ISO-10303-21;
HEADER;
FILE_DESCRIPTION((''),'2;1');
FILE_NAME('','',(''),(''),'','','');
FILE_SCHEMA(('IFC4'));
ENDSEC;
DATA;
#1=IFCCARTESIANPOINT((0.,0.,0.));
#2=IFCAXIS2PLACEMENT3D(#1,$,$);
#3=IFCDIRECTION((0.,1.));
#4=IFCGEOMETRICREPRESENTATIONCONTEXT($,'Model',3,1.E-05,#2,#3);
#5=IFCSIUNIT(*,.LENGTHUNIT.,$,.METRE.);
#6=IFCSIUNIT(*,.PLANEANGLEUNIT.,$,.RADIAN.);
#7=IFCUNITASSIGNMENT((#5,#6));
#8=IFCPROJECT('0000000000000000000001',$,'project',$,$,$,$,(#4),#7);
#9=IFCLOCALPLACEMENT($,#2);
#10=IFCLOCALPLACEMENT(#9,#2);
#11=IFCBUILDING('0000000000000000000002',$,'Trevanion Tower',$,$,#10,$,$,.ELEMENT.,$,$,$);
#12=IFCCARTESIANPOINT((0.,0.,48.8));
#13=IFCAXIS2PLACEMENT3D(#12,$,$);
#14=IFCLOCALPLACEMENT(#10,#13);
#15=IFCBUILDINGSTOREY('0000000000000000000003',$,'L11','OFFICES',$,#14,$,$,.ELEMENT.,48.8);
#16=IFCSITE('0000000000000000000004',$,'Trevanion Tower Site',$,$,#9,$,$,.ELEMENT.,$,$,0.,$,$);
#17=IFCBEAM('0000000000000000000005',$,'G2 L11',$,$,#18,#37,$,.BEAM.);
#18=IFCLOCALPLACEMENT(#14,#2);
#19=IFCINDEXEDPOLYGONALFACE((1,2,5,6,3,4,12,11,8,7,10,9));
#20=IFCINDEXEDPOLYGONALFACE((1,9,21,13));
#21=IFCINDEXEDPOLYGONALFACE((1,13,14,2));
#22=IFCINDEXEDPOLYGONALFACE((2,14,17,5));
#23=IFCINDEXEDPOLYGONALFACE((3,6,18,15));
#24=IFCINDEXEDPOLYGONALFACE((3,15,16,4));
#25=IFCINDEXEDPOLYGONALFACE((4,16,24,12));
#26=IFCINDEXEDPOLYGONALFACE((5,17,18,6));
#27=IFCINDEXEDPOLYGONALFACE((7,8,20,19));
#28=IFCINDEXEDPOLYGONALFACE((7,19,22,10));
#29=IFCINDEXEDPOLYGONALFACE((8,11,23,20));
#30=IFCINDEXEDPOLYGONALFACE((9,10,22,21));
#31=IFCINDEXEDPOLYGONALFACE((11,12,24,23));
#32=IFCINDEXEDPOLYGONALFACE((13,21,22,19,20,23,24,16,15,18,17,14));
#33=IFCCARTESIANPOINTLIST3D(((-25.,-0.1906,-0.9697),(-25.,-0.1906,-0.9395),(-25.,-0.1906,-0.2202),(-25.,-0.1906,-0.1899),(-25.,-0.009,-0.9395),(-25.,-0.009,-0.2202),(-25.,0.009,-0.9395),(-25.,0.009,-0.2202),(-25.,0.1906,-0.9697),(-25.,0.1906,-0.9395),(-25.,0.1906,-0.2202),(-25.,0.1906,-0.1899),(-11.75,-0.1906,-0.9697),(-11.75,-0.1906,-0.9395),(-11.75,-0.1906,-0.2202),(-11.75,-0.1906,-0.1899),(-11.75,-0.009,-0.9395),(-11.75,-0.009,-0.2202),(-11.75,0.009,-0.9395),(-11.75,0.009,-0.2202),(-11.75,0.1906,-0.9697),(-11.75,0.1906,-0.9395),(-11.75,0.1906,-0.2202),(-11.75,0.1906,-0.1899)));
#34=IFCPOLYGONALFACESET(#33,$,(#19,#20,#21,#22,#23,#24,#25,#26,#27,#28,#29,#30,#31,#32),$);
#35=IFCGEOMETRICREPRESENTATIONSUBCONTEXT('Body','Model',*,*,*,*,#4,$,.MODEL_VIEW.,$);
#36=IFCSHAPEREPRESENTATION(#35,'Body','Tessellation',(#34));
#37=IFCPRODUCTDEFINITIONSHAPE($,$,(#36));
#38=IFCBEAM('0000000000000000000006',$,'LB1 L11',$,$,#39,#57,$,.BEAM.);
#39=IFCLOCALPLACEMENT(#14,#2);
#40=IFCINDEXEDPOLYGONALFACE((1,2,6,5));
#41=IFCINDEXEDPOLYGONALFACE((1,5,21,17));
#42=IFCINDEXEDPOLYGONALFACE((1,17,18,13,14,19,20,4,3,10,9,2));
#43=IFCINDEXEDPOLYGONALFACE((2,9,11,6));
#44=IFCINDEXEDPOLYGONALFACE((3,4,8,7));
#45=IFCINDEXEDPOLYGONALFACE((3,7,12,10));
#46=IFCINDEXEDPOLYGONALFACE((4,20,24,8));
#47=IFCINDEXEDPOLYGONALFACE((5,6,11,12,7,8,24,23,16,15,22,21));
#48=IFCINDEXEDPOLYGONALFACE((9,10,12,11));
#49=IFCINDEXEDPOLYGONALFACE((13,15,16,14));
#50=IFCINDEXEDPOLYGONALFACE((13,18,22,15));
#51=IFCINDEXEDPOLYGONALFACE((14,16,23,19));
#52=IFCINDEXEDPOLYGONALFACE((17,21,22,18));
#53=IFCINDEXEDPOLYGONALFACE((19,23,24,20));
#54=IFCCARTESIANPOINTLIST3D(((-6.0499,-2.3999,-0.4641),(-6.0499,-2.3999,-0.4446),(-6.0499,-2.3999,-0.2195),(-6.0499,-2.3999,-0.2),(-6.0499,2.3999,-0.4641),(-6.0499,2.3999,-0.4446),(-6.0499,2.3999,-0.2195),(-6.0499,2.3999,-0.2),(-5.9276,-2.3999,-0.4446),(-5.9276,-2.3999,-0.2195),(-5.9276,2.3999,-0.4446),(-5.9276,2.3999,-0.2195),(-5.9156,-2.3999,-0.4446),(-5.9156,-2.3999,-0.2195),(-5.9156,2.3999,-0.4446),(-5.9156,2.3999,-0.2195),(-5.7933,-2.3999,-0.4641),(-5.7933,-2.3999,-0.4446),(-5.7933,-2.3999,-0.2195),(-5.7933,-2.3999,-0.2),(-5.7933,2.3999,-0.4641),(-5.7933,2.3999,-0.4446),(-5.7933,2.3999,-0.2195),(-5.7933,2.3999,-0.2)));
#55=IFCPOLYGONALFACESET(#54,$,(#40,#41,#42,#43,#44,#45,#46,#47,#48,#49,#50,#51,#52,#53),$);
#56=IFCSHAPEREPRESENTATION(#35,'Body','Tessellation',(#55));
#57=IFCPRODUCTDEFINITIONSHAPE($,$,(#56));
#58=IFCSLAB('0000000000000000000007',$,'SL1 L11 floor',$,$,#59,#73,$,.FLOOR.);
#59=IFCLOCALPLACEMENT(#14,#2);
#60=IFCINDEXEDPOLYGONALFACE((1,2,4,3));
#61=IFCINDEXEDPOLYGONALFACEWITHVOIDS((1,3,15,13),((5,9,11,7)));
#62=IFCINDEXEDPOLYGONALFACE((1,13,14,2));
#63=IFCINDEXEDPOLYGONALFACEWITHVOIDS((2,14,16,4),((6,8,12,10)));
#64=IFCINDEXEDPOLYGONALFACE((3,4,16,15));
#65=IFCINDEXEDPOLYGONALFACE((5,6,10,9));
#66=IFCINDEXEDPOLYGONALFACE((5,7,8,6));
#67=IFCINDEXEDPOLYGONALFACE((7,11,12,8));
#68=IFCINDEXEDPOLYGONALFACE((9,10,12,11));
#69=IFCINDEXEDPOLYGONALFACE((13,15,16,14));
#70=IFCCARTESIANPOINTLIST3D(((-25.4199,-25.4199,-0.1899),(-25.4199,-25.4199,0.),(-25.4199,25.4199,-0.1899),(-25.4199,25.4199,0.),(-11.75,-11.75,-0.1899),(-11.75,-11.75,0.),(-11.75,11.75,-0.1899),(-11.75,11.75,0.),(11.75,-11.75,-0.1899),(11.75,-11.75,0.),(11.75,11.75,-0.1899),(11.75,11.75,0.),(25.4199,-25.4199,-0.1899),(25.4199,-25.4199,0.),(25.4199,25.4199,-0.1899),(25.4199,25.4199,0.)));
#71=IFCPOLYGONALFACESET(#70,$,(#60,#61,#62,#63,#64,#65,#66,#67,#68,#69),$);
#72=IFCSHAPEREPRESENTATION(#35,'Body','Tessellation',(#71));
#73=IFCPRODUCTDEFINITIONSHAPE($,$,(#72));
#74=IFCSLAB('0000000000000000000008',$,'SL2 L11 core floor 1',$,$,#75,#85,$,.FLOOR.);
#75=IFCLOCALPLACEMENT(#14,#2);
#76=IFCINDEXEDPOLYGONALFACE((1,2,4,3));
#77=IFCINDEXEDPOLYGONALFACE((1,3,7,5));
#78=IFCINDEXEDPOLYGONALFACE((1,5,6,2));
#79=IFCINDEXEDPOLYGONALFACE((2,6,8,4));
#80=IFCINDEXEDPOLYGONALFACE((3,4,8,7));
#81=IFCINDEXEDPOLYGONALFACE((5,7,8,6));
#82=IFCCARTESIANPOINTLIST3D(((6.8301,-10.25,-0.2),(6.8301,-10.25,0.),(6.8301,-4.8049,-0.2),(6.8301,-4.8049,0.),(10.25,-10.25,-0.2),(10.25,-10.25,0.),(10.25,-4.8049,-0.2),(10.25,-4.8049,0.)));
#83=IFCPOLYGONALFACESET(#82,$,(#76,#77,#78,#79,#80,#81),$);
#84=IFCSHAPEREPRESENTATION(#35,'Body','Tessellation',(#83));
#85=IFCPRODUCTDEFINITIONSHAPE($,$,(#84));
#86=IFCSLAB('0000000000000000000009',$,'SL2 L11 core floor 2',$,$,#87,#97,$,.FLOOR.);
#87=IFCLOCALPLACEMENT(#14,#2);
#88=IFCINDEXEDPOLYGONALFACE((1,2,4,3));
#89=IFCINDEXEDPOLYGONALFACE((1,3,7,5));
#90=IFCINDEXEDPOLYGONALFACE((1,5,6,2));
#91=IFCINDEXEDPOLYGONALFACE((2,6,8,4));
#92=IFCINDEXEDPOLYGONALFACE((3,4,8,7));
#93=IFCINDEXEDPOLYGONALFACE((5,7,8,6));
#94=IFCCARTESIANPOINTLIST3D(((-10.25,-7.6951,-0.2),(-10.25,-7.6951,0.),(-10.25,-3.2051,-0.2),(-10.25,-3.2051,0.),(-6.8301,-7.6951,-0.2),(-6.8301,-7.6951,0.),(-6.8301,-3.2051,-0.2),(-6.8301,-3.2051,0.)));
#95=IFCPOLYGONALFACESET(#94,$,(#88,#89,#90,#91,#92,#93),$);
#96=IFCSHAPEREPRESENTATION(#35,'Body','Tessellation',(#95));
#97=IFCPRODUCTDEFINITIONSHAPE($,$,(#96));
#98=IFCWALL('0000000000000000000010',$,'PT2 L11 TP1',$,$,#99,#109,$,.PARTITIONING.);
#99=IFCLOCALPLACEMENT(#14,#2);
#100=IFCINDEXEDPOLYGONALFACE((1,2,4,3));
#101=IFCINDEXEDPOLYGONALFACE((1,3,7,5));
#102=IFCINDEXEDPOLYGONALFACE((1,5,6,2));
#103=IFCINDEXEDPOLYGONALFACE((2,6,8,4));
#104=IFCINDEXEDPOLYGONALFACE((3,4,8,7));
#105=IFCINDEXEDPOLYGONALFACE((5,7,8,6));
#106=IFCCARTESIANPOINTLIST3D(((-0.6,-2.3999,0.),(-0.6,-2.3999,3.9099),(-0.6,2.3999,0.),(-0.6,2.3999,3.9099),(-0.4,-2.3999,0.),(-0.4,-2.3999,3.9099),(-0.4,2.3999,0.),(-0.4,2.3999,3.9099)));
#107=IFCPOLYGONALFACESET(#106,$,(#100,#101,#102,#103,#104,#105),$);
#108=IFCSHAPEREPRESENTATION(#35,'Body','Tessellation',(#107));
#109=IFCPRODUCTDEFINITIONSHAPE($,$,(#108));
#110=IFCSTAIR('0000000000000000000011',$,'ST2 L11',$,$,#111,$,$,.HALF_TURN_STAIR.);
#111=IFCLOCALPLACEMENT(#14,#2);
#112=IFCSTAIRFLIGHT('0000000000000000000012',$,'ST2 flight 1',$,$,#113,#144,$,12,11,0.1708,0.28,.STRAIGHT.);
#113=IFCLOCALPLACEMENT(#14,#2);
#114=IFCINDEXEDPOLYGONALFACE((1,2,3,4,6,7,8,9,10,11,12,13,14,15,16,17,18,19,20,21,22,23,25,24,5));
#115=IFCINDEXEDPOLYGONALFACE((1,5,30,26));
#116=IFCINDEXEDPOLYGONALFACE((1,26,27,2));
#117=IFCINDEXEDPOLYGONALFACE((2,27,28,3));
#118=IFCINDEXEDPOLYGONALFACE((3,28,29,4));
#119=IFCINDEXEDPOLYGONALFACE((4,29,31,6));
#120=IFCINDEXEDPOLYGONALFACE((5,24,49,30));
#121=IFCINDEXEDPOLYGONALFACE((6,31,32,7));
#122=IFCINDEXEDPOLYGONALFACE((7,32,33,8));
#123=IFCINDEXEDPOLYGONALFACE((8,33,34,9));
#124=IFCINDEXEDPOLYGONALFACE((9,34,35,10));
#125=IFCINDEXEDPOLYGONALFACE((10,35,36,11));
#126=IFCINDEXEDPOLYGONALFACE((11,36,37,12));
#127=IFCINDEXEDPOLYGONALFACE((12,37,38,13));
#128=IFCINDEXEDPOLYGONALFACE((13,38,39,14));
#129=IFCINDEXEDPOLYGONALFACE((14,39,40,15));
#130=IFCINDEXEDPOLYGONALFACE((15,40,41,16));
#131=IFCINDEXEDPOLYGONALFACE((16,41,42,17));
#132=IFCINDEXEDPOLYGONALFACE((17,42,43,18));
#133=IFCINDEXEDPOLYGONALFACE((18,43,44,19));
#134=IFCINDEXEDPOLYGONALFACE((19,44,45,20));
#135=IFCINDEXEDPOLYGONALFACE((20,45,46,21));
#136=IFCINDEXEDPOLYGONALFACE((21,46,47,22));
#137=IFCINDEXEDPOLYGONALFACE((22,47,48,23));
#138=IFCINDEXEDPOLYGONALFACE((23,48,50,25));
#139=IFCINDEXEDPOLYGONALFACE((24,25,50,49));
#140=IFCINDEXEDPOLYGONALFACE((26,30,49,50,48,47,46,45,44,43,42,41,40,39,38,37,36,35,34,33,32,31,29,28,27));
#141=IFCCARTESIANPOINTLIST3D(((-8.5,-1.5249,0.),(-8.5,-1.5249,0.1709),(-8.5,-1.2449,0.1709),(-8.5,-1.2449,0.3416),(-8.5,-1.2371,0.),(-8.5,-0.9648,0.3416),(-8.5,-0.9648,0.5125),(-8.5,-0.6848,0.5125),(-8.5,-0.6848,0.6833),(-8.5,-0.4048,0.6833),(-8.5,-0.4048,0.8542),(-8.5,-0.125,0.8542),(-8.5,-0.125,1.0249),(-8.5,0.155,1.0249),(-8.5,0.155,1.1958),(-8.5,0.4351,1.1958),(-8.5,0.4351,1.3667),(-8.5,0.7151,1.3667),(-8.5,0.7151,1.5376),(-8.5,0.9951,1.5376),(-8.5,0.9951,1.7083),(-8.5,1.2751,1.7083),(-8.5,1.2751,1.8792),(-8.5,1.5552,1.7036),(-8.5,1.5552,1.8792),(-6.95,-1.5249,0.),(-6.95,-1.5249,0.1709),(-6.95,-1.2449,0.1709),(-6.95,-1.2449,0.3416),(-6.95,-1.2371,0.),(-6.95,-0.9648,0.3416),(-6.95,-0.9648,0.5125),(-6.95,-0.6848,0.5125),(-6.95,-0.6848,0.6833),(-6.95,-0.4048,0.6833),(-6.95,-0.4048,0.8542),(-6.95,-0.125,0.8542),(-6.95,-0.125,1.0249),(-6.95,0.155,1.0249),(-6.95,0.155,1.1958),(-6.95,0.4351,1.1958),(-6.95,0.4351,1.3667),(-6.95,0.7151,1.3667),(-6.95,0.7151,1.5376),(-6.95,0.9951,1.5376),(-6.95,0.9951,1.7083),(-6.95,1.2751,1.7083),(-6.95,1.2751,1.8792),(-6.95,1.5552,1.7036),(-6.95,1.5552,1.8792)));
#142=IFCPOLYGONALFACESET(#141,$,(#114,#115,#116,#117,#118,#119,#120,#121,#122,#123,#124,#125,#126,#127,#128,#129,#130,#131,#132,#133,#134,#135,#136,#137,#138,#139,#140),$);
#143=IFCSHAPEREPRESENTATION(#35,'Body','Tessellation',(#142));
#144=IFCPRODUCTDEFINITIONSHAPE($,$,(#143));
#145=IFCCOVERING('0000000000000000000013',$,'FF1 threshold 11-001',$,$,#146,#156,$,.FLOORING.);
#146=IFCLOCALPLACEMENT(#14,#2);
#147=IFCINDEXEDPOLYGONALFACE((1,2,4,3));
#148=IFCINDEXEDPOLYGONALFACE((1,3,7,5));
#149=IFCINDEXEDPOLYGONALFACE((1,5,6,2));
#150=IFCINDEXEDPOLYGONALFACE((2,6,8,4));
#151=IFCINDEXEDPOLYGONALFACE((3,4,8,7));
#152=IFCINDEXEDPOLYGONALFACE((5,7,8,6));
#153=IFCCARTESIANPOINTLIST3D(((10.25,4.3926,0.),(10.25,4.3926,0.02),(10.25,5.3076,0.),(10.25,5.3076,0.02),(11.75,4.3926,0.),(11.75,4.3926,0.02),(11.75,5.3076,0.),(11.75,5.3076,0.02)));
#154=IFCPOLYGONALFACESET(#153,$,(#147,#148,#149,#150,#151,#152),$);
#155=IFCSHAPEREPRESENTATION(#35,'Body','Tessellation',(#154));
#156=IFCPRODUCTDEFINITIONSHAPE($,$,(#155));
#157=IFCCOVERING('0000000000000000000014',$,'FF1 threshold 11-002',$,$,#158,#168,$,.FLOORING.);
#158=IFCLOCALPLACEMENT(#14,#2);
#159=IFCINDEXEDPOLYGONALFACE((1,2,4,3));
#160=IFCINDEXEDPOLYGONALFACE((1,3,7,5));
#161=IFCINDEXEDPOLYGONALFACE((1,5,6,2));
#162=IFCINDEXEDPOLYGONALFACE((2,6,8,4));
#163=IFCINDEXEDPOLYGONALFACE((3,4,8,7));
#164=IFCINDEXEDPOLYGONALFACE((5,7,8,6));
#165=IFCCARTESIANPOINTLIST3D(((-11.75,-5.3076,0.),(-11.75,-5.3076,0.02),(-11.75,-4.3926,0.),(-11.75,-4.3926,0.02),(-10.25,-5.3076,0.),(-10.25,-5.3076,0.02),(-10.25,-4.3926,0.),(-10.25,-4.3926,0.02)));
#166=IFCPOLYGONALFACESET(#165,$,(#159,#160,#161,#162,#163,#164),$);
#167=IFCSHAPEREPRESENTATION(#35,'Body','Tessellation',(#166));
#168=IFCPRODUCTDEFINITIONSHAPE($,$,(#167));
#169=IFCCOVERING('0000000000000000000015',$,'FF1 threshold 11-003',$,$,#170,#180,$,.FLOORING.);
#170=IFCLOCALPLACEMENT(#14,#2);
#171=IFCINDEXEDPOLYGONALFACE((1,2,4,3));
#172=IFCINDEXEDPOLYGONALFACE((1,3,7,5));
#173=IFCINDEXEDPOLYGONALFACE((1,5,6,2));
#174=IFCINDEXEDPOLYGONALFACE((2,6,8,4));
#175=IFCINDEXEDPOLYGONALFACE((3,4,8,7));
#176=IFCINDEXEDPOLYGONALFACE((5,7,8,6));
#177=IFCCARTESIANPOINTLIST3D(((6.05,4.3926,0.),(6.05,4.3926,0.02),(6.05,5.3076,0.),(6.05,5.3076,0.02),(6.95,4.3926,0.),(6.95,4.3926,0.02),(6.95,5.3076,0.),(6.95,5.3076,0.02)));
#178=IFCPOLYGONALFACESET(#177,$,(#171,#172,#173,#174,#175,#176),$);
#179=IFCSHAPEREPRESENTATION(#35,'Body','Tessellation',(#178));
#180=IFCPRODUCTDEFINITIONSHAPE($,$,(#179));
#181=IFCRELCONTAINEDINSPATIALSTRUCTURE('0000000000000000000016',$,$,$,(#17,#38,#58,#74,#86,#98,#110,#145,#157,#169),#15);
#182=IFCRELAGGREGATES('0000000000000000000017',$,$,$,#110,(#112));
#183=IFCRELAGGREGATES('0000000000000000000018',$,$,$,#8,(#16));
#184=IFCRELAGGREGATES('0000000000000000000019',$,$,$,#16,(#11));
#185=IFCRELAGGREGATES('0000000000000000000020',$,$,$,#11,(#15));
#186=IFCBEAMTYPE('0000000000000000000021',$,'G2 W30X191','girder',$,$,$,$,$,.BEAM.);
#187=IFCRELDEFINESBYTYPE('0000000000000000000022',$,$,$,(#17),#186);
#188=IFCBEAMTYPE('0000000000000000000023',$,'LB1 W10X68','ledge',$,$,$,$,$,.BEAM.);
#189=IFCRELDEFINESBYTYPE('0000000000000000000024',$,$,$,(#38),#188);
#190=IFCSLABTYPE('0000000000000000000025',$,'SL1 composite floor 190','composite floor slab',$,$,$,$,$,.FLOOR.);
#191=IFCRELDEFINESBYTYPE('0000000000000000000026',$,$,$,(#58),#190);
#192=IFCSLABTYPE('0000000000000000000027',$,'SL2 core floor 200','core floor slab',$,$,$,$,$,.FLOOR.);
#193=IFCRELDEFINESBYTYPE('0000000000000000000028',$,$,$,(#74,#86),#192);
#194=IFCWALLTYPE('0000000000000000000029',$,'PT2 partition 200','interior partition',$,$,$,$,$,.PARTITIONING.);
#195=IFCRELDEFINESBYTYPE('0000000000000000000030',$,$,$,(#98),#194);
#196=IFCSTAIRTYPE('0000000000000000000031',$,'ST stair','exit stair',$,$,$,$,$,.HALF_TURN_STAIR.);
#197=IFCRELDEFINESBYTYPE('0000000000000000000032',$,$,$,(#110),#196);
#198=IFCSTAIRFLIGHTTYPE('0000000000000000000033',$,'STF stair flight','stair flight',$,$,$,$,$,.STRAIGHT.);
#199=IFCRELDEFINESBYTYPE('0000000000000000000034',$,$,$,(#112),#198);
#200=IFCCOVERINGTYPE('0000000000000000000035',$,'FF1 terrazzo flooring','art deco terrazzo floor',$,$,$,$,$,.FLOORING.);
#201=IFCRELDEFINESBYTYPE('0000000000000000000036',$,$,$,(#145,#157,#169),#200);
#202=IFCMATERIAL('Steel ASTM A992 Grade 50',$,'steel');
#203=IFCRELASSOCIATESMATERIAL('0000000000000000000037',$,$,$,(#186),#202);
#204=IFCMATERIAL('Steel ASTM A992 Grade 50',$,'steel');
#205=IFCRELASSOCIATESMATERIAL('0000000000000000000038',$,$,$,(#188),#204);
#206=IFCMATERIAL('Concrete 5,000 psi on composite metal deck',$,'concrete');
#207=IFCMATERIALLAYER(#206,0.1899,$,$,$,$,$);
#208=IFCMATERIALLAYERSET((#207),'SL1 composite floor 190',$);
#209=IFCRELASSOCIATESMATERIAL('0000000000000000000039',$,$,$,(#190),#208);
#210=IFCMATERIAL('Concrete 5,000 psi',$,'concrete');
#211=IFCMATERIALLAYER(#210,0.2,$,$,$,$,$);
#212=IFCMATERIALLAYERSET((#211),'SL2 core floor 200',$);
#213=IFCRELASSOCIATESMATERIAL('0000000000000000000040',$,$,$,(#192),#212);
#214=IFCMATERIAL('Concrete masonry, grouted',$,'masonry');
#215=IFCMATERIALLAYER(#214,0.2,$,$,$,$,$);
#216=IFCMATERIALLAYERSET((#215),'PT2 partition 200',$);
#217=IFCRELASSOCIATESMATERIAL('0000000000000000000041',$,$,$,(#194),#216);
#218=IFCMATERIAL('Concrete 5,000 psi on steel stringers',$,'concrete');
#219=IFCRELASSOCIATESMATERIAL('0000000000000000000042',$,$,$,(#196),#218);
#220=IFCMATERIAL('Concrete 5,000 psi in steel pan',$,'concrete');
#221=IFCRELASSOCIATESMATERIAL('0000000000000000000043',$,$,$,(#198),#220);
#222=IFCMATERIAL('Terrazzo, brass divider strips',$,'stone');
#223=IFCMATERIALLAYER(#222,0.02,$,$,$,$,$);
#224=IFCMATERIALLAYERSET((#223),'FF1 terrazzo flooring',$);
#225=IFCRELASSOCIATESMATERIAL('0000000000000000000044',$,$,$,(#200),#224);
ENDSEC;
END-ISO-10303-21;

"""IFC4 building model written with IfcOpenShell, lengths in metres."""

from ifc_helpers import new_model, si_unit, direction, frame, frame_2d, origin, origin_2d, place, context, subcontext, project, spatial, polyline, rectangle, i_section, outline, extrude, material, layer, layer_set, material_profile, profile_set, type_object, element, aggregate, save


model = new_model("IFC4")

# Units and contexts
model_context = context("Model", 3, precision=1e-05, world=origin(), true_north=direction((0.0, 1.0)))
body_context = subcontext(model_context, "Body", "Model", "MODEL_VIEW")
ifc_project = project(units=[si_unit("LENGTHUNIT", "METRE"), si_unit("PLANEANGLEUNIT", "RADIAN")], contexts=[model_context])

# Site, building, storey
site_placement = place(None, origin())
site = spatial("IfcSite", under=ifc_project, at=site_placement, Name="Trevanion Tower Site", CompositionType="ELEMENT", RefElevation=0.0)
building_placement = place(site_placement, origin())
building = spatial("IfcBuilding", under=site, at=building_placement, Name="Trevanion Tower", CompositionType="ELEMENT")
storey_placement = place(building_placement, frame((0.0, 0.0, 48.8)))
storey = spatial("IfcBuildingStorey", under=building, at=storey_placement, Name="L11", Description="OFFICES", CompositionType="ELEMENT", Elevation=48.8)

# Beams
ifc_material_1 = material(Name="Steel ASTM A992 Grade 50", Category="steel")
ifc_material_profile_1 = material_profile(ifc_material_1, i_section(OverallWidth=0.3811, OverallDepth=0.7798, WebThickness=0.0181, FlangeThickness=0.0303, at=origin_2d()), Name="W30X191")
ifc_profile_set_1 = profile_set([ifc_material_profile_1], Name="Steel ASTM A992 Grade 50")
beam_type_1 = type_object("IfcBeamType", Name="G2 W30X191", Description="girder", PredefinedType="BEAM", material=ifc_profile_set_1)
beam_1_placement = place(storey_placement, frame((-11.75, 0.0, -0.5798), z_axis=(-1.0, 0.0, 0.0), x_axis=(0.0, -1.0, 0.0)))
element("IfcBeam", 1, at=beam_1_placement, inside=storey, type_object=beam_type_1, Name="G2 L11", PredefinedType="BEAM", context=body_context, shape_type="SweptSolid", body=[
    extrude(i_section(OverallWidth=0.3811, OverallDepth=0.7798, WebThickness=0.0181, FlangeThickness=0.0303, at=origin_2d()), origin(), (0.0, 0.0, 1.0), 13.25),
])
ifc_material_2 = material(Name="Steel ASTM A992 Grade 50", Category="steel")
ifc_material_profile_2 = material_profile(ifc_material_2, i_section(OverallWidth=0.2566, OverallDepth=0.2642, WebThickness=0.012, FlangeThickness=0.0195, at=origin_2d()), Name="W10X68")
ifc_profile_set_2 = profile_set([ifc_material_profile_2], Name="Steel ASTM A992 Grade 50")
beam_type_2 = type_object("IfcBeamType", Name="LB1 W10X68", Description="ledge", PredefinedType="BEAM", material=ifc_profile_set_2)
beam_2_placement = place(storey_placement, frame((-5.9216, -2.3999, -0.332), z_axis=(0.0, 1.0, 0.0), x_axis=(-1.0, 0.0, 0.0)))
element("IfcBeam", 2, at=beam_2_placement, inside=storey, type_object=beam_type_2, Name="LB1 L11", PredefinedType="BEAM", context=body_context, shape_type="SweptSolid", body=[
    extrude(i_section(OverallWidth=0.2566, OverallDepth=0.2642, WebThickness=0.012, FlangeThickness=0.0195, at=origin_2d()), origin(), (0.0, 0.0, 1.0), 4.7998),
])

# Slabs
ifc_material_3 = material(Name="Concrete 5,000 psi on composite metal deck", Category="concrete")
ifc_layer_1 = layer(ifc_material_3, 0.1899)
ifc_layer_set_1 = layer_set([ifc_layer_1], Name="SL1 composite floor 190")
slab_type_1 = type_object("IfcSlabType", Name="SL1 composite floor 190", Description="composite floor slab", PredefinedType="FLOOR", material=ifc_layer_set_1)
slab_1_placement = place(storey_placement, frame((0.0, 0.0, -0.1899)))
element("IfcSlab", 3, at=slab_1_placement, inside=storey, type_object=slab_type_1, Name="SL1 L11 floor", PredefinedType="FLOOR", context=body_context, shape_type="SweptSolid", body=[
    extrude(outline(polyline([(25.4199, -25.4199), (25.4199, 25.4199), (-25.4199, 25.4199), (-25.4199, -25.4199), (25.4199, -25.4199)]), holes=[polyline([(11.75, -11.75), (11.75, 11.75), (-11.75, 11.75), (-11.75, -11.75), (11.75, -11.75)])]), origin(), (0.0, 0.0, 1.0), 0.1899),
])
ifc_material_4 = material(Name="Concrete 5,000 psi", Category="concrete")
ifc_layer_2 = layer(ifc_material_4, 0.2)
ifc_layer_set_2 = layer_set([ifc_layer_2], Name="SL2 core floor 200")
slab_type_2 = type_object("IfcSlabType", Name="SL2 core floor 200", Description="core floor slab", PredefinedType="FLOOR", material=ifc_layer_set_2)
slab_2_placement = place(storey_placement, frame((0.0, 0.0, -0.2)))
element("IfcSlab", 4, at=slab_2_placement, inside=storey, type_object=slab_type_2, Name="SL2 L11 core floor 1", PredefinedType="FLOOR", context=body_context, shape_type="SweptSolid", body=[
    extrude(outline(polyline([(10.25, -4.8049), (10.25, -10.25), (6.8301, -10.25), (6.8301, -4.8049), (10.25, -4.8049)])), origin(), (0.0, 0.0, 1.0), 0.2),
])
slab_3_placement = place(storey_placement, frame((0.0, 0.0, -0.2)))
element("IfcSlab", 5, at=slab_3_placement, inside=storey, type_object=slab_type_2, Name="SL2 L11 core floor 2", PredefinedType="FLOOR", context=body_context, shape_type="SweptSolid", body=[
    extrude(outline(polyline([(-6.8301, -3.2051), (-6.8301, -7.6951), (-10.25, -7.6951), (-10.25, -3.2051), (-6.8301, -3.2051)])), origin(), (0.0, 0.0, 1.0), 0.2),
])

# Wall
ifc_material_5 = material(Name="Concrete masonry, grouted", Category="masonry")
ifc_layer_3 = layer(ifc_material_5, 0.2)
ifc_layer_set_3 = layer_set([ifc_layer_3], Name="PT2 partition 200")
wall_type = type_object("IfcWallType", Name="PT2 partition 200", Description="interior partition", PredefinedType="PARTITIONING", material=ifc_layer_set_3)
wall_placement = place(storey_placement, frame((-0.5, -2.3999, 0.0), z_axis=(0.0, 0.0, 1.0), x_axis=(0.0, 1.0, 0.0)))
element("IfcWall", 6, at=wall_placement, inside=storey, type_object=wall_type, Name="PT2 L11 TP1", PredefinedType="PARTITIONING", context=body_context, shape_type="SweptSolid", body=[
    extrude(rectangle(XDim=4.7998, YDim=0.2, at=frame_2d((2.3999, 0.0))), origin(), (0.0, 0.0, 1.0), 3.9099),
])

# Stair, stair flight
ifc_material_6 = material(Name="Concrete 5,000 psi on steel stringers", Category="concrete")
stair_type = type_object("IfcStairType", Name="ST stair", Description="exit stair", PredefinedType="HALF_TURN_STAIR", material=ifc_material_6)
stair_placement = place(storey_placement, origin())
stair = element("IfcStair", 7, at=stair_placement, inside=storey, type_object=stair_type, Name="ST2 L11", PredefinedType="HALF_TURN_STAIR")
ifc_material_7 = material(Name="Concrete 5,000 psi in steel pan", Category="concrete")
stair_flight_type = type_object("IfcStairFlightType", Name="STF stair flight", Description="stair flight", PredefinedType="STRAIGHT", material=ifc_material_7)
stair_flight_placement = place(storey_placement, frame((-7.7251, -1.5249, 0.0), z_axis=(0.0, 0.0, 1.0), x_axis=(0.0, 1.0, 0.0)))
stair_flight = element("IfcStairFlight", 8, at=stair_flight_placement, type_object=stair_flight_type, Name="ST2 flight 1", NumberOfRisers=12, NumberOfTreads=11, PredefinedType="STRAIGHT", RiserHeight=0.1708, TreadLength=0.28, context=body_context, shape_type="SweptSolid", body=[
    extrude(outline(polyline([(0.0, 0.0), (0.0, 0.1709), (0.28, 0.1709), (0.28, 0.3416), (0.5601, 0.3416), (0.5601, 0.5125), (0.8401, 0.5125), (0.8401, 0.6833), (1.1201, 0.6833), (1.1201, 0.8542), (1.3999, 0.8542), (1.3999, 1.0249), (1.6799, 1.0249), (1.6799, 1.1958), (1.96, 1.1958), (1.96, 1.3667), (2.24, 1.3667), (2.24, 1.5376), (2.52, 1.5376), (2.52, 1.7083), (2.8, 1.7083), (2.8, 1.8792), (3.0801, 1.8792), (3.0801, 2.05), (3.0801, 1.7036), (0.2878, 0.0), (0.0, 0.0)])), frame((0.0, 0.7749, 0.0), z_axis=(0.0, -1.0, 0.0), x_axis=(1.0, 0.0, 0.0)), (0.0, 0.0, 1.0), 1.55),
])
aggregate(stair, [stair_flight])

# Coverings
ifc_material_8 = material(Name="Terrazzo, brass divider strips", Category="stone")
ifc_layer_4 = layer(ifc_material_8, 0.02)
ifc_layer_set_4 = layer_set([ifc_layer_4], Name="FF1 terrazzo flooring")
covering_type = type_object("IfcCoveringType", Name="FF1 terrazzo flooring", Description="art deco terrazzo floor", PredefinedType="FLOORING", material=ifc_layer_set_4)
covering_1_placement = place(storey_placement, origin())
element("IfcCovering", 9, at=covering_1_placement, inside=storey, type_object=covering_type, Name="FF1 threshold 11-001", PredefinedType="FLOORING", context=body_context, shape_type="SweptSolid", body=[
    extrude(outline(polyline([(11.75, 4.3926), (11.75, 5.3076), (10.25, 5.3076), (10.25, 4.3926), (11.75, 4.3926)])), origin(), (0.0, 0.0, 1.0), 0.02),
])
covering_2_placement = place(storey_placement, origin())
element("IfcCovering", 10, at=covering_2_placement, inside=storey, type_object=covering_type, Name="FF1 threshold 11-002", PredefinedType="FLOORING", context=body_context, shape_type="SweptSolid", body=[
    extrude(outline(polyline([(-11.75, -4.3926), (-11.75, -5.3076), (-10.25, -5.3076), (-10.25, -4.3926), (-11.75, -4.3926)])), origin(), (0.0, 0.0, 1.0), 0.02),
])
covering_3_placement = place(storey_placement, origin())
element("IfcCovering", 11, at=covering_3_placement, inside=storey, type_object=covering_type, Name="FF1 threshold 11-003", PredefinedType="FLOORING", context=body_context, shape_type="SweptSolid", body=[
    extrude(outline(polyline([(6.95, 4.3926), (6.95, 5.3076), (6.05, 5.3076), (6.05, 4.3926), (6.95, 4.3926)])), origin(), (0.0, 0.0, 1.0), 0.02),
])

save(model, "model.ifc")
